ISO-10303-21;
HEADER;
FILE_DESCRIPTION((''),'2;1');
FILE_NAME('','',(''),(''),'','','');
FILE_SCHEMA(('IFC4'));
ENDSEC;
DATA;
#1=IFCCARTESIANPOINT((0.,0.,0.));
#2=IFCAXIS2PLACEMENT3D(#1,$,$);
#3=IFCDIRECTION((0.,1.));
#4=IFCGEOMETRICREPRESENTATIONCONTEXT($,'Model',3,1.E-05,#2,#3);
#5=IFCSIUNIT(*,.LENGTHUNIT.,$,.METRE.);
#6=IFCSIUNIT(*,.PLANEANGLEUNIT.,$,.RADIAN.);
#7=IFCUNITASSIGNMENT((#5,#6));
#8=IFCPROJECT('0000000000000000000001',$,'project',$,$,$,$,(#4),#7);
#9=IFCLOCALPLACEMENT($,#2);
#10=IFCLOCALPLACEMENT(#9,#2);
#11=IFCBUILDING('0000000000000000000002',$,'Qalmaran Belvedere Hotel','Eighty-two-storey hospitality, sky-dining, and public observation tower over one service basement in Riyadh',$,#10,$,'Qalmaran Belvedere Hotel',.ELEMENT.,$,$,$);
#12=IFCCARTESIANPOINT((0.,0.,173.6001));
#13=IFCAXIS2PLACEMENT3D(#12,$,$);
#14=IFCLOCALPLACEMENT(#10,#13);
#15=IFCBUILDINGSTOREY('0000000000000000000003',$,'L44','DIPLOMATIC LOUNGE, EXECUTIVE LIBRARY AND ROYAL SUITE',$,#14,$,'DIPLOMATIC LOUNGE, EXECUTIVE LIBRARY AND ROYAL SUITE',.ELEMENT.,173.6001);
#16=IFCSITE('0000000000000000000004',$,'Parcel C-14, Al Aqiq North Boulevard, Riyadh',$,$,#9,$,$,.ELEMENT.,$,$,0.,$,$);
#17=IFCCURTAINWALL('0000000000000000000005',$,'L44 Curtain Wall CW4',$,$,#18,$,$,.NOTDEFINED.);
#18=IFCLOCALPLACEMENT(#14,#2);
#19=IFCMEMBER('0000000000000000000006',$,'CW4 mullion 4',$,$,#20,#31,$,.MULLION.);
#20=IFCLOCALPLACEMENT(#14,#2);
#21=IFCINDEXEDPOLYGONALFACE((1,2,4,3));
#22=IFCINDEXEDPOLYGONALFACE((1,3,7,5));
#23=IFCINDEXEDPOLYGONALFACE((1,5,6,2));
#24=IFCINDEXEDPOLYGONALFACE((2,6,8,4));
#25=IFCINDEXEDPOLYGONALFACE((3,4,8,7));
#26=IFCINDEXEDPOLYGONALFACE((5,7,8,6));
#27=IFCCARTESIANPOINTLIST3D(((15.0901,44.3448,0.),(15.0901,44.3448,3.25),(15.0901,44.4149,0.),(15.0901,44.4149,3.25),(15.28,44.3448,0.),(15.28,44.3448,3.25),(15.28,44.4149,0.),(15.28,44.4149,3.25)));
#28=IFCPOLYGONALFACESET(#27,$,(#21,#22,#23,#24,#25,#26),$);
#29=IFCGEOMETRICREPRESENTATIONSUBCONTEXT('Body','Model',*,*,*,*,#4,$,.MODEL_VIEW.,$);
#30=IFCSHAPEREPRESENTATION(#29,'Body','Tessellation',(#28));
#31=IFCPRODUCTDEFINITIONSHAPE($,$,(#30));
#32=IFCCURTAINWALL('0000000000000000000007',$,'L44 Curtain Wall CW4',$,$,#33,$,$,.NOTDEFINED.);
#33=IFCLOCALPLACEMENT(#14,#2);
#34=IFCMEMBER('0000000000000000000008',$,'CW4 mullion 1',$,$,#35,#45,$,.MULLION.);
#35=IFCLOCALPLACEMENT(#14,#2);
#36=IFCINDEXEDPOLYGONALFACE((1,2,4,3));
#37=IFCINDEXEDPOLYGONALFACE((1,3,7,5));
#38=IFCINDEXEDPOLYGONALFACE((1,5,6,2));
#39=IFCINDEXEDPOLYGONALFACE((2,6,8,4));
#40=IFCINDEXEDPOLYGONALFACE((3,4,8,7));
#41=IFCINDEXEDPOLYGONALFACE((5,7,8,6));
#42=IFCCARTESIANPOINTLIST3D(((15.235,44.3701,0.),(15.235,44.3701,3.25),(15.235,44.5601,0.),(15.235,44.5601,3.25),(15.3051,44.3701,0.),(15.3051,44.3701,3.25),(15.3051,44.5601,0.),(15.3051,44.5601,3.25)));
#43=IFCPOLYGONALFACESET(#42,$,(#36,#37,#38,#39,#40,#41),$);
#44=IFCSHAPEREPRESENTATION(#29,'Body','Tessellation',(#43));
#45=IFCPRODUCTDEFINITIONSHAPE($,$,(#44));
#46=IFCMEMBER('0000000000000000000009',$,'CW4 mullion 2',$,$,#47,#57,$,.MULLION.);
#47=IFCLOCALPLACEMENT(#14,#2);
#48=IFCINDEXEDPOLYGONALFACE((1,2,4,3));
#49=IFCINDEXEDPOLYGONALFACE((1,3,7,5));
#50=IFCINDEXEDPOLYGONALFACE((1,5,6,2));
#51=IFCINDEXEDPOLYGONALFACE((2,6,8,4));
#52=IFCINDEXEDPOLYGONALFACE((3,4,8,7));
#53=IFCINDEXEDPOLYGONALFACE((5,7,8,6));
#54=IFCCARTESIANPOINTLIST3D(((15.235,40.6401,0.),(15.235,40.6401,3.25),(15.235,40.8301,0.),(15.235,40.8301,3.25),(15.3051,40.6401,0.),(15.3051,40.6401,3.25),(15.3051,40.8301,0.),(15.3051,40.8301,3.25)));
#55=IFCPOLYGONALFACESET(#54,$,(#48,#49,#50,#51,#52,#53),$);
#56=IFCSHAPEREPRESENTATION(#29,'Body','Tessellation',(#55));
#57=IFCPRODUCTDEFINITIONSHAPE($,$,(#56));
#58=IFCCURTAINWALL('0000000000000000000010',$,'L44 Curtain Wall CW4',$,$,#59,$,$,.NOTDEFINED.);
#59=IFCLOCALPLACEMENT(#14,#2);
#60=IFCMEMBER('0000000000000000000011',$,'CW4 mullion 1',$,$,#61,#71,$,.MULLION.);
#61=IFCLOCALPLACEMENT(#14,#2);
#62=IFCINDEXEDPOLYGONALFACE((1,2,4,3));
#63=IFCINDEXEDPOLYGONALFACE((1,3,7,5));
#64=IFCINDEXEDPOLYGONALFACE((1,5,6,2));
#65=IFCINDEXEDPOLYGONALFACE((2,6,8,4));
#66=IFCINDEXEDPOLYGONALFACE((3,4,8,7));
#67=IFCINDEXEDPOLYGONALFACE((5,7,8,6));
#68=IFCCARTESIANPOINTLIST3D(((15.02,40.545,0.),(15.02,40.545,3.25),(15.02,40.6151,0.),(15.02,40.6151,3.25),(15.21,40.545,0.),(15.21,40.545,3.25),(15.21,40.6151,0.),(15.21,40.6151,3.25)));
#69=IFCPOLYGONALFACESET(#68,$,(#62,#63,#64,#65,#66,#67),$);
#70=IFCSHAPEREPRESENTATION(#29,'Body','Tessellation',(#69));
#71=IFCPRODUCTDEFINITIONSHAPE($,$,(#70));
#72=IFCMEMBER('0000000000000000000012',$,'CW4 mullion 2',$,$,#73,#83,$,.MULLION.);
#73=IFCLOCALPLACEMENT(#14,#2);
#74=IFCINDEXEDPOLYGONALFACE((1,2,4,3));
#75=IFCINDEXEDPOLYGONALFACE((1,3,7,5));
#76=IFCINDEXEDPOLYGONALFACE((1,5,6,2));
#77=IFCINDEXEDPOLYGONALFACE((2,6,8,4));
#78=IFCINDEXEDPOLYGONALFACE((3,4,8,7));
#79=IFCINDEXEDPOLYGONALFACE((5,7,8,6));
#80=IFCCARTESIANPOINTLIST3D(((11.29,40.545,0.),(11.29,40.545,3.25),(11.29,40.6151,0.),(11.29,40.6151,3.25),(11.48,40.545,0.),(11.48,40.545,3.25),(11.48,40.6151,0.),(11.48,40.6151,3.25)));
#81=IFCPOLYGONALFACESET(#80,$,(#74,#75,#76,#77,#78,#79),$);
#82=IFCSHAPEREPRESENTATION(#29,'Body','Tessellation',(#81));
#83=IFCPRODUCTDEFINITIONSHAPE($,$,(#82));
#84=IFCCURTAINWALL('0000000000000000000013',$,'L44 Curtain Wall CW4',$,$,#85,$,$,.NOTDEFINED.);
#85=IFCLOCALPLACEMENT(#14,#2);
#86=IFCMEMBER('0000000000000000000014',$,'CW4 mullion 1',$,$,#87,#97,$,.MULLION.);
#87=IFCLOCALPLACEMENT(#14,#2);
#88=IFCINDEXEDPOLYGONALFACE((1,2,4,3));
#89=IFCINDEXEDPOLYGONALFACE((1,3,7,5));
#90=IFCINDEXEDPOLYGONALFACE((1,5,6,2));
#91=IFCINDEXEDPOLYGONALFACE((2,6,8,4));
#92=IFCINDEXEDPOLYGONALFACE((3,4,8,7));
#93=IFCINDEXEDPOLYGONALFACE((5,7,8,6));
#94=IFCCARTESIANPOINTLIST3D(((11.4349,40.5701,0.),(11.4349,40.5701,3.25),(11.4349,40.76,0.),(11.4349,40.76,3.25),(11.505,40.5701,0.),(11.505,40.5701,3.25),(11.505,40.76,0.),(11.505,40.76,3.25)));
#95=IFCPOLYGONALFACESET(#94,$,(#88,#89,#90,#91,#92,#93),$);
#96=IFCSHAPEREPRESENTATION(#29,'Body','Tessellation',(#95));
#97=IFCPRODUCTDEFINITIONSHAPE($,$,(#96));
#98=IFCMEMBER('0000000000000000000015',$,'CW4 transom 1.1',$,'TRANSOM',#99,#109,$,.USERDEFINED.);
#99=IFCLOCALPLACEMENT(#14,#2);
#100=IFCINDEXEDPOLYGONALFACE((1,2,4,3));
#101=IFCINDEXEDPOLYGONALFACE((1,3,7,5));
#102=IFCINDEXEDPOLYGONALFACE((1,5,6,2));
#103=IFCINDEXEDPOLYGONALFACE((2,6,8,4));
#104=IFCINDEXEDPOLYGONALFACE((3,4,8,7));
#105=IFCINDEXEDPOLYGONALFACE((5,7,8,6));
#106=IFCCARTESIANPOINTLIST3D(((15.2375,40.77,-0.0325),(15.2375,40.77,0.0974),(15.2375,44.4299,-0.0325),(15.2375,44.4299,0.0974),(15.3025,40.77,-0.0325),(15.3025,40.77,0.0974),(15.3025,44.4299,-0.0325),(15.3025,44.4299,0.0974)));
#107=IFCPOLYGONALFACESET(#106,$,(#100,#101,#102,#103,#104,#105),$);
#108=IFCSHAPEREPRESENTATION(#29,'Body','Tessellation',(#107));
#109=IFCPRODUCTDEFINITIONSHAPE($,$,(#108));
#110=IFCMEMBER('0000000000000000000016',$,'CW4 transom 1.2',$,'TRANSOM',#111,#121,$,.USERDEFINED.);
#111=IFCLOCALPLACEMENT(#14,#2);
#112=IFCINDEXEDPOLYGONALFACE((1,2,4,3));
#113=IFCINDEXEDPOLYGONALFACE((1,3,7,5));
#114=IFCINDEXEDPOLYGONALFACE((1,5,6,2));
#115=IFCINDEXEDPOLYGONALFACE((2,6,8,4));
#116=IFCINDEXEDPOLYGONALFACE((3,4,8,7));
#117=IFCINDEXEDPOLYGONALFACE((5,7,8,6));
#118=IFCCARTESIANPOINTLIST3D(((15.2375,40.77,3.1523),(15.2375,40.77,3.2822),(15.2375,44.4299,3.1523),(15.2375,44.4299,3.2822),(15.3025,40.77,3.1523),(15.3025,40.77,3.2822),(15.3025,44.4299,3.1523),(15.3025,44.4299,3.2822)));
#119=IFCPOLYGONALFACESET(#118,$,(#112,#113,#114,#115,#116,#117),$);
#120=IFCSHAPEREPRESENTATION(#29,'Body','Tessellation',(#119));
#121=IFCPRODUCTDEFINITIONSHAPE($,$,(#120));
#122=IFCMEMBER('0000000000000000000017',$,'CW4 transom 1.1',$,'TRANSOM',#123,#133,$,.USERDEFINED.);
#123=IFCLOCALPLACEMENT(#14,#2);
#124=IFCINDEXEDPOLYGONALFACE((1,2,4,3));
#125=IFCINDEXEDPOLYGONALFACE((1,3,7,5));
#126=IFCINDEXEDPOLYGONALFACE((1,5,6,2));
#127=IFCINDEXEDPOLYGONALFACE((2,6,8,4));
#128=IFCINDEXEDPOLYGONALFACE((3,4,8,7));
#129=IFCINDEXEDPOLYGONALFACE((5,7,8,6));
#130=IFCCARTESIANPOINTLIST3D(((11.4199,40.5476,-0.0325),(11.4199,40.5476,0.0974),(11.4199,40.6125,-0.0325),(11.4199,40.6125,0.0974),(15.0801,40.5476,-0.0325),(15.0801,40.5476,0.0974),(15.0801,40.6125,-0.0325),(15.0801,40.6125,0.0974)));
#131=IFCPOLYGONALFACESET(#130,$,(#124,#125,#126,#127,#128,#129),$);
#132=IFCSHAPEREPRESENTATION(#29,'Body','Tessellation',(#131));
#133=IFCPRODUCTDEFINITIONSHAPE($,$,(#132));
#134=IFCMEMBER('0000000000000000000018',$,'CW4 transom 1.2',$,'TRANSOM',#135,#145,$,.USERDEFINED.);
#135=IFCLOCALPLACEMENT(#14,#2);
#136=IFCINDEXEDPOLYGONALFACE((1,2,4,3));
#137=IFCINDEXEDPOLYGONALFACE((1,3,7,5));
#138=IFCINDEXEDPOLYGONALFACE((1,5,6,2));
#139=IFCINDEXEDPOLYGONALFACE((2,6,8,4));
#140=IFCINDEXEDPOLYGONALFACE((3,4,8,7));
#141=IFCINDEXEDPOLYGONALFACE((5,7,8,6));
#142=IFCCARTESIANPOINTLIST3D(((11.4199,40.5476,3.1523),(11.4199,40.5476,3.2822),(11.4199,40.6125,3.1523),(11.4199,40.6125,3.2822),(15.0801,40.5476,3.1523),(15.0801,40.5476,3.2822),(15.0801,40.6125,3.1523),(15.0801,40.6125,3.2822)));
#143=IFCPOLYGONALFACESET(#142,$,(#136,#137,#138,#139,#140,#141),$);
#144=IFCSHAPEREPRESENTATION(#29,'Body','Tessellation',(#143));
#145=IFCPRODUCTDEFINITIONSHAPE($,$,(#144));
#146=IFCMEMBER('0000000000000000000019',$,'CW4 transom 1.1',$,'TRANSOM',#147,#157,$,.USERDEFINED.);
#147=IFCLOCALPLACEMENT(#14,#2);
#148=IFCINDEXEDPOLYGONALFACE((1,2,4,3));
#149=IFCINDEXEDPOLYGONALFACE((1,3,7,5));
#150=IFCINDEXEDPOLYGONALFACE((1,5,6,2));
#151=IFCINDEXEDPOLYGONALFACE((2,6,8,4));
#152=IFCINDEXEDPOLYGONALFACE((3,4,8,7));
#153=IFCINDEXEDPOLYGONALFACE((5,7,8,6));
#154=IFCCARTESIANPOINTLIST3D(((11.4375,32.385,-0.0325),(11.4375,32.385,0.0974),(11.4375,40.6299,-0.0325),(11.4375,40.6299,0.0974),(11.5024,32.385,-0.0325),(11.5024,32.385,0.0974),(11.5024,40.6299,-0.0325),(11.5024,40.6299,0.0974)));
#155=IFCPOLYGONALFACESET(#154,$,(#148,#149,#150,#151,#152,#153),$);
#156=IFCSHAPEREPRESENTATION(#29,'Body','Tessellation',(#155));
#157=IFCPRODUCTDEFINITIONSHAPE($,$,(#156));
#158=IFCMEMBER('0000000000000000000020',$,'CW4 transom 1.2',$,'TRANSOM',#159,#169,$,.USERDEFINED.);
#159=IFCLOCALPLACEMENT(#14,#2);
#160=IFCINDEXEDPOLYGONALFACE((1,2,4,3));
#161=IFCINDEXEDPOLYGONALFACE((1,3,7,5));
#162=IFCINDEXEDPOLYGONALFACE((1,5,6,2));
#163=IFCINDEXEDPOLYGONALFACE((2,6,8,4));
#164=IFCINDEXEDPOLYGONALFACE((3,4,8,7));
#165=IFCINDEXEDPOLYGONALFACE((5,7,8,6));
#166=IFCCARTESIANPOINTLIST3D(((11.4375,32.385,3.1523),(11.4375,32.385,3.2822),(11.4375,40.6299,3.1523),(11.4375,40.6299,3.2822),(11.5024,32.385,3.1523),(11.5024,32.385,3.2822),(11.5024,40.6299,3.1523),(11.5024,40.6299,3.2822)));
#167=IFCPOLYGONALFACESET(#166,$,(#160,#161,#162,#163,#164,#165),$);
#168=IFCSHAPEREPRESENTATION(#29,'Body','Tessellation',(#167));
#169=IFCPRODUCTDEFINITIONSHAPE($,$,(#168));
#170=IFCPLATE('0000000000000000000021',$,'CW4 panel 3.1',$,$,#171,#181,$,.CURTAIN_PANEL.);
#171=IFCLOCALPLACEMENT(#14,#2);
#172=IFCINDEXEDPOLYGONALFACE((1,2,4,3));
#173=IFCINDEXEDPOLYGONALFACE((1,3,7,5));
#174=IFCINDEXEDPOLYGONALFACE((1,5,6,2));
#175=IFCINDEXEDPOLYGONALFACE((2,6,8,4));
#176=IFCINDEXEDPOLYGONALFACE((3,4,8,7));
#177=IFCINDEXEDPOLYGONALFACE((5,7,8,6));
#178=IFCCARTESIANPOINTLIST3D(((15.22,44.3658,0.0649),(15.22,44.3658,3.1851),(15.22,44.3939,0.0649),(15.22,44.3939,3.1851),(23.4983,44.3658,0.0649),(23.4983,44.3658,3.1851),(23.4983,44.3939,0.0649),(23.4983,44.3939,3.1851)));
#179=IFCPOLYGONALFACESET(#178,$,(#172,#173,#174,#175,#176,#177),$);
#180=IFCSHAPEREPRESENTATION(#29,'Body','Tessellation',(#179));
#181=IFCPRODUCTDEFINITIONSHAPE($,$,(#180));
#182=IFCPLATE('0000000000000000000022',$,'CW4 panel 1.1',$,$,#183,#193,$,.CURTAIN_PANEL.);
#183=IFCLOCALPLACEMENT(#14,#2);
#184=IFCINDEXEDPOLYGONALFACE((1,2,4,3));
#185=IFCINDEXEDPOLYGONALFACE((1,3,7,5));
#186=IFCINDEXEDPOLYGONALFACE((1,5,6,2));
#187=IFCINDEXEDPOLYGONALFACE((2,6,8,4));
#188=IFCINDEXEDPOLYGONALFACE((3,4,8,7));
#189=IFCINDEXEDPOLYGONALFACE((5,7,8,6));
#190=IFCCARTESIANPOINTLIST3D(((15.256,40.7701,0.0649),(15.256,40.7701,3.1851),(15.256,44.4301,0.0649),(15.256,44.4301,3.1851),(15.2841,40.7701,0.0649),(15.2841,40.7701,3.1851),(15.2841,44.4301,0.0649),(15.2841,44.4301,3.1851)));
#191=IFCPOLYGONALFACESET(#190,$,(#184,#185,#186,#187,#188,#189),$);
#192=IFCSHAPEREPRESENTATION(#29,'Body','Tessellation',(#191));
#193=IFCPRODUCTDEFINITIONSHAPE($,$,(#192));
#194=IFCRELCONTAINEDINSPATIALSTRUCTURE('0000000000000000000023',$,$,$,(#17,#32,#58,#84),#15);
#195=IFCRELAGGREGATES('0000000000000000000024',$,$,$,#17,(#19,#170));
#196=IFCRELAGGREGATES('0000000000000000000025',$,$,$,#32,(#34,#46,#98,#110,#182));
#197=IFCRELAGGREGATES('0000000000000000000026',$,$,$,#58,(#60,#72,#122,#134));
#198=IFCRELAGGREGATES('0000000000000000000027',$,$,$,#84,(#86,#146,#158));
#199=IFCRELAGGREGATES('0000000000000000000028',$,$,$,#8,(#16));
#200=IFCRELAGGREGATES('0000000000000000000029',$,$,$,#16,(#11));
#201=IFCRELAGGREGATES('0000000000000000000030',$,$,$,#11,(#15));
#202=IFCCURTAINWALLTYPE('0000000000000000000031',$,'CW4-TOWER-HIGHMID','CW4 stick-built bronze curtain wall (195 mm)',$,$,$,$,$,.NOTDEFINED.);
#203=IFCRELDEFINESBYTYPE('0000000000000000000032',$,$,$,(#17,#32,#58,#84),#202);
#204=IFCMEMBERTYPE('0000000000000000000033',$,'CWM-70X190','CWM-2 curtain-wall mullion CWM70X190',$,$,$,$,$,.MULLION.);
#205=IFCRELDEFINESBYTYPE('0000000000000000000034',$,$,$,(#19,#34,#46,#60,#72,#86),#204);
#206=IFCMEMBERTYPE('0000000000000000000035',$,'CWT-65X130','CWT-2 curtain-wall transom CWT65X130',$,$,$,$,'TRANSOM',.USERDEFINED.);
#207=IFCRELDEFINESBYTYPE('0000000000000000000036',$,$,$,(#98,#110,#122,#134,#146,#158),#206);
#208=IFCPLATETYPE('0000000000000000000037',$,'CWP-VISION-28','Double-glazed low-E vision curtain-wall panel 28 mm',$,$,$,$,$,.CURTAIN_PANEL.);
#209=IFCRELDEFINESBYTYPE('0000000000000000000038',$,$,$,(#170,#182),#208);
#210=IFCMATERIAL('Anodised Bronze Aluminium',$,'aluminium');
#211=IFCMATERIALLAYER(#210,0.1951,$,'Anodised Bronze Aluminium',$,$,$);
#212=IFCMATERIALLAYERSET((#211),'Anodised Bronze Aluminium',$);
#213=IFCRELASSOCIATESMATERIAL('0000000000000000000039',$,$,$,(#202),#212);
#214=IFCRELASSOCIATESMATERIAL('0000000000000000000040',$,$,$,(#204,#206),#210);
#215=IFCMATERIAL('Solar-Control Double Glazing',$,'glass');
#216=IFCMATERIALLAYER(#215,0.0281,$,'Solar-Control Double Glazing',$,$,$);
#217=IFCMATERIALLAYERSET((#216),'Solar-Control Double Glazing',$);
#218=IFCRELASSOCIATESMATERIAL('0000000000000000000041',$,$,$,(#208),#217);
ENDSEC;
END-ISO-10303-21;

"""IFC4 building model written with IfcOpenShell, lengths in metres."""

from ifc_helpers import new_model, si_unit, direction, frame, origin, origin_2d, place, context, subcontext, project, spatial, rectangle, extrude, material, layer, layer_set, material_profile, profile_set, type_object, element, aggregate, save


model = new_model("IFC4")

# Units and contexts
model_context = context("Model", 3, precision=1e-05, world=origin(), true_north=direction((0.0, 1.0)))
body_context = subcontext(model_context, "Body", "Model", "MODEL_VIEW")
ifc_project = project(units=[si_unit("LENGTHUNIT", "METRE"), si_unit("PLANEANGLEUNIT", "RADIAN")], contexts=[model_context])

# Site, building, storey
site_placement = place(None, origin())
site = spatial("IfcSite", under=ifc_project, at=site_placement, Name="Parcel C-14, Al Aqiq North Boulevard, Riyadh", CompositionType="ELEMENT", RefElevation=0.0)
building_placement = place(site_placement, origin())
building = spatial("IfcBuilding", under=site, at=building_placement, Name="Qalmaran Belvedere Hotel", Description="Eighty-two-storey hospitality, sky-dining, and public observation tower over one service basement in Riyadh", LongName="Qalmaran Belvedere Hotel", CompositionType="ELEMENT")
storey_placement = place(building_placement, frame((0.0, 0.0, 173.6001)))
storey = spatial("IfcBuildingStorey", under=building, at=storey_placement, Name="L44", Description="DIPLOMATIC LOUNGE, EXECUTIVE LIBRARY AND ROYAL SUITE", LongName="DIPLOMATIC LOUNGE, EXECUTIVE LIBRARY AND ROYAL SUITE", CompositionType="ELEMENT", Elevation=173.6001)

# Curtain wall, member
ifc_material_1 = material(Name="Anodised Bronze Aluminium", Category="aluminium")
ifc_layer_1 = layer(ifc_material_1, 0.1951, Name="Anodised Bronze Aluminium")
ifc_layer_set_1 = layer_set([ifc_layer_1], Name="Anodised Bronze Aluminium")
curtain_wall_type = type_object("IfcCurtainWallType", Name="CW4-TOWER-HIGHMID", Description="CW4 stick-built bronze curtain wall (195 mm)", PredefinedType="NOTDEFINED", material=ifc_layer_set_1)
curtain_wall_1_placement = place(storey_placement, origin())
curtain_wall_1 = element("IfcCurtainWall", 1, at=curtain_wall_1_placement, inside=storey, type_object=curtain_wall_type, Name="L44 Curtain Wall CW4", PredefinedType="NOTDEFINED")
ifc_material_profile_1 = material_profile(ifc_material_1, rectangle(XDim=0.0701, YDim=0.1899, at=origin_2d()), Name="CWM70X190")
ifc_profile_set_1 = profile_set([ifc_material_profile_1], Name="Anodised Bronze Aluminium")
member_type_1 = type_object("IfcMemberType", Name="CWM-70X190", Description="CWM-2 curtain-wall mullion CWM70X190", PredefinedType="MULLION", material=ifc_profile_set_1)
member_1_placement = place(storey_placement, frame((15.1851, 44.3799, 0.0), z_axis=(0.0, 0.0, 1.0), x_axis=(0.0, -1.0, 0.0)))
member_1 = element("IfcMember", 2, at=member_1_placement, type_object=member_type_1, Name="CW4 mullion 4", PredefinedType="MULLION", context=body_context, shape_type="SweptSolid", body=[
    extrude(rectangle(XDim=0.0701, YDim=0.1899, at=origin_2d()), origin(), (0.0, 0.0, 1.0), 3.25),
])

# Curtain walls, members
curtain_wall_2_placement = place(storey_placement, origin())
curtain_wall_2 = element("IfcCurtainWall", 3, at=curtain_wall_2_placement, inside=storey, type_object=curtain_wall_type, Name="L44 Curtain Wall CW4", PredefinedType="NOTDEFINED")
member_2_placement = place(storey_placement, frame((15.27, 44.4651, 0.0), z_axis=(0.0, 0.0, 1.0), x_axis=(1.0, 0.0, 0.0)))
member_2 = element("IfcMember", 4, at=member_2_placement, type_object=member_type_1, Name="CW4 mullion 1", PredefinedType="MULLION", context=body_context, shape_type="SweptSolid", body=[
    extrude(rectangle(XDim=0.0701, YDim=0.1899, at=origin_2d()), origin(), (0.0, 0.0, 1.0), 3.25),
])
member_3_placement = place(storey_placement, frame((15.27, 40.7351, 0.0), z_axis=(0.0, 0.0, 1.0), x_axis=(1.0, 0.0, 0.0)))
member_3 = element("IfcMember", 5, at=member_3_placement, type_object=member_type_1, Name="CW4 mullion 2", PredefinedType="MULLION", context=body_context, shape_type="SweptSolid", body=[
    extrude(rectangle(XDim=0.0701, YDim=0.1899, at=origin_2d()), origin(), (0.0, 0.0, 1.0), 3.25),
])
curtain_wall_3_placement = place(storey_placement, origin())
curtain_wall_3 = element("IfcCurtainWall", 6, at=curtain_wall_3_placement, inside=storey, type_object=curtain_wall_type, Name="L44 Curtain Wall CW4", PredefinedType="NOTDEFINED")
member_4_placement = place(storey_placement, frame((15.115, 40.5801, 0.0), z_axis=(0.0, 0.0, 1.0), x_axis=(0.0, -1.0, 0.0)))
member_4 = element("IfcMember", 7, at=member_4_placement, type_object=member_type_1, Name="CW4 mullion 1", PredefinedType="MULLION", context=body_context, shape_type="SweptSolid", body=[
    extrude(rectangle(XDim=0.0701, YDim=0.1899, at=origin_2d()), origin(), (0.0, 0.0, 1.0), 3.25),
])
member_5_placement = place(storey_placement, frame((11.385, 40.5801, 0.0), z_axis=(0.0, 0.0, 1.0), x_axis=(0.0, -1.0, 0.0)))
member_5 = element("IfcMember", 8, at=member_5_placement, type_object=member_type_1, Name="CW4 mullion 2", PredefinedType="MULLION", context=body_context, shape_type="SweptSolid", body=[
    extrude(rectangle(XDim=0.0701, YDim=0.1899, at=origin_2d()), origin(), (0.0, 0.0, 1.0), 3.25),
])

# Curtain wall, member
curtain_wall_4_placement = place(storey_placement, origin())
curtain_wall_4 = element("IfcCurtainWall", 9, at=curtain_wall_4_placement, inside=storey, type_object=curtain_wall_type, Name="L44 Curtain Wall CW4", PredefinedType="NOTDEFINED")
member_6_placement = place(storey_placement, frame((11.47, 40.665, 0.0), z_axis=(0.0, 0.0, 1.0), x_axis=(1.0, 0.0, 0.0)))
member_6 = element("IfcMember", 10, at=member_6_placement, type_object=member_type_1, Name="CW4 mullion 1", PredefinedType="MULLION", context=body_context, shape_type="SweptSolid", body=[
    extrude(rectangle(XDim=0.0701, YDim=0.1899, at=origin_2d()), origin(), (0.0, 0.0, 1.0), 3.25),
])

# Members
ifc_material_profile_2 = material_profile(ifc_material_1, rectangle(XDim=0.0649, YDim=0.1299, at=origin_2d()), Name="CWT65X130")
ifc_profile_set_2 = profile_set([ifc_material_profile_2], Name="Anodised Bronze Aluminium")
member_type_2 = type_object("IfcMemberType", Name="CWT-65X130", Description="CWT-2 curtain-wall transom CWT65X130", ElementType="TRANSOM", PredefinedType="USERDEFINED", material=ifc_profile_set_2)
member_7_placement = place(storey_placement, frame((15.27, 44.4299, 0.0325), z_axis=(0.0, -1.0, 0.0), x_axis=(1.0, 0.0, 0.0)))
member_7 = element("IfcMember", 11, at=member_7_placement, type_object=member_type_2, Name="CW4 transom 1.1", ObjectType="TRANSOM", PredefinedType="USERDEFINED", context=body_context, shape_type="SweptSolid", body=[
    extrude(rectangle(XDim=0.0649, YDim=0.1299, at=origin_2d()), origin(), (0.0, 0.0, 1.0), 3.6599),
])
member_8_placement = place(storey_placement, frame((15.27, 44.4299, 3.2173), z_axis=(0.0, -1.0, 0.0), x_axis=(1.0, 0.0, 0.0)))
member_8 = element("IfcMember", 12, at=member_8_placement, type_object=member_type_2, Name="CW4 transom 1.2", ObjectType="TRANSOM", PredefinedType="USERDEFINED", context=body_context, shape_type="SweptSolid", body=[
    extrude(rectangle(XDim=0.0649, YDim=0.1299, at=origin_2d()), origin(), (0.0, 0.0, 1.0), 3.6599),
])
member_9_placement = place(storey_placement, frame((15.0801, 40.5801, 0.0325), z_axis=(-1.0, 0.0, 0.0), x_axis=(0.0, -1.0, 0.0)))
member_9 = element("IfcMember", 13, at=member_9_placement, type_object=member_type_2, Name="CW4 transom 1.1", ObjectType="TRANSOM", PredefinedType="USERDEFINED", context=body_context, shape_type="SweptSolid", body=[
    extrude(rectangle(XDim=0.0649, YDim=0.1299, at=origin_2d()), origin(), (0.0, 0.0, 1.0), 3.6602),
])
member_10_placement = place(storey_placement, frame((15.0801, 40.5801, 3.2173), z_axis=(-1.0, 0.0, 0.0), x_axis=(0.0, -1.0, 0.0)))
member_10 = element("IfcMember", 14, at=member_10_placement, type_object=member_type_2, Name="CW4 transom 1.2", ObjectType="TRANSOM", PredefinedType="USERDEFINED", context=body_context, shape_type="SweptSolid", body=[
    extrude(rectangle(XDim=0.0649, YDim=0.1299, at=origin_2d()), origin(), (0.0, 0.0, 1.0), 3.6602),
])
member_11_placement = place(storey_placement, frame((11.47, 40.6299, 0.0325), z_axis=(0.0, -1.0, 0.0), x_axis=(1.0, 0.0, 0.0)))
member_11 = element("IfcMember", 15, at=member_11_placement, type_object=member_type_2, Name="CW4 transom 1.1", ObjectType="TRANSOM", PredefinedType="USERDEFINED", context=body_context, shape_type="SweptSolid", body=[
    extrude(rectangle(XDim=0.0649, YDim=0.1299, at=origin_2d()), origin(), (0.0, 0.0, 1.0), 8.2449),
])
member_12_placement = place(storey_placement, frame((11.47, 40.6299, 3.2173), z_axis=(0.0, -1.0, 0.0), x_axis=(1.0, 0.0, 0.0)))
member_12 = element("IfcMember", 16, at=member_12_placement, type_object=member_type_2, Name="CW4 transom 1.2", ObjectType="TRANSOM", PredefinedType="USERDEFINED", context=body_context, shape_type="SweptSolid", body=[
    extrude(rectangle(XDim=0.0649, YDim=0.1299, at=origin_2d()), origin(), (0.0, 0.0, 1.0), 8.2449),
])

# Plates
ifc_material_2 = material(Name="Solar-Control Double Glazing", Category="glass")
ifc_layer_2 = layer(ifc_material_2, 0.0281, Name="Solar-Control Double Glazing")
ifc_layer_set_2 = layer_set([ifc_layer_2], Name="Solar-Control Double Glazing")
plate_type = type_object("IfcPlateType", Name="CWP-VISION-28", Description="Double-glazed low-E vision curtain-wall panel 28 mm", PredefinedType="CURTAIN_PANEL", material=ifc_layer_set_2)
plate_1_placement = place(storey_placement, frame((19.3591, 44.3799, 0.0649), z_axis=(0.0, 0.0, 1.0), x_axis=(-1.0, 0.0, 0.0)))
plate_1 = element("IfcPlate", 17, at=plate_1_placement, type_object=plate_type, Name="CW4 panel 3.1", PredefinedType="CURTAIN_PANEL", context=body_context, shape_type="SweptSolid", body=[
    extrude(rectangle(XDim=8.2783, YDim=0.0281, at=origin_2d()), origin(), (0.0, 0.0, 1.0), 3.1201),
])
aggregate(curtain_wall_1, [member_1, plate_1])
plate_2_placement = place(storey_placement, frame((15.27, 42.6001, 0.0649), z_axis=(0.0, 0.0, 1.0), x_axis=(0.0, -1.0, 0.0)))
plate_2 = element("IfcPlate", 18, at=plate_2_placement, type_object=plate_type, Name="CW4 panel 1.1", PredefinedType="CURTAIN_PANEL", context=body_context, shape_type="SweptSolid", body=[
    extrude(rectangle(XDim=3.6599, YDim=0.0281, at=origin_2d()), origin(), (0.0, 0.0, 1.0), 3.1201),
])
aggregate(curtain_wall_2, [member_2, member_3, member_7, member_8, plate_2])
aggregate(curtain_wall_3, [member_4, member_5, member_9, member_10])
aggregate(curtain_wall_4, [member_6, member_11, member_12])

save(model, "model.ifc")
